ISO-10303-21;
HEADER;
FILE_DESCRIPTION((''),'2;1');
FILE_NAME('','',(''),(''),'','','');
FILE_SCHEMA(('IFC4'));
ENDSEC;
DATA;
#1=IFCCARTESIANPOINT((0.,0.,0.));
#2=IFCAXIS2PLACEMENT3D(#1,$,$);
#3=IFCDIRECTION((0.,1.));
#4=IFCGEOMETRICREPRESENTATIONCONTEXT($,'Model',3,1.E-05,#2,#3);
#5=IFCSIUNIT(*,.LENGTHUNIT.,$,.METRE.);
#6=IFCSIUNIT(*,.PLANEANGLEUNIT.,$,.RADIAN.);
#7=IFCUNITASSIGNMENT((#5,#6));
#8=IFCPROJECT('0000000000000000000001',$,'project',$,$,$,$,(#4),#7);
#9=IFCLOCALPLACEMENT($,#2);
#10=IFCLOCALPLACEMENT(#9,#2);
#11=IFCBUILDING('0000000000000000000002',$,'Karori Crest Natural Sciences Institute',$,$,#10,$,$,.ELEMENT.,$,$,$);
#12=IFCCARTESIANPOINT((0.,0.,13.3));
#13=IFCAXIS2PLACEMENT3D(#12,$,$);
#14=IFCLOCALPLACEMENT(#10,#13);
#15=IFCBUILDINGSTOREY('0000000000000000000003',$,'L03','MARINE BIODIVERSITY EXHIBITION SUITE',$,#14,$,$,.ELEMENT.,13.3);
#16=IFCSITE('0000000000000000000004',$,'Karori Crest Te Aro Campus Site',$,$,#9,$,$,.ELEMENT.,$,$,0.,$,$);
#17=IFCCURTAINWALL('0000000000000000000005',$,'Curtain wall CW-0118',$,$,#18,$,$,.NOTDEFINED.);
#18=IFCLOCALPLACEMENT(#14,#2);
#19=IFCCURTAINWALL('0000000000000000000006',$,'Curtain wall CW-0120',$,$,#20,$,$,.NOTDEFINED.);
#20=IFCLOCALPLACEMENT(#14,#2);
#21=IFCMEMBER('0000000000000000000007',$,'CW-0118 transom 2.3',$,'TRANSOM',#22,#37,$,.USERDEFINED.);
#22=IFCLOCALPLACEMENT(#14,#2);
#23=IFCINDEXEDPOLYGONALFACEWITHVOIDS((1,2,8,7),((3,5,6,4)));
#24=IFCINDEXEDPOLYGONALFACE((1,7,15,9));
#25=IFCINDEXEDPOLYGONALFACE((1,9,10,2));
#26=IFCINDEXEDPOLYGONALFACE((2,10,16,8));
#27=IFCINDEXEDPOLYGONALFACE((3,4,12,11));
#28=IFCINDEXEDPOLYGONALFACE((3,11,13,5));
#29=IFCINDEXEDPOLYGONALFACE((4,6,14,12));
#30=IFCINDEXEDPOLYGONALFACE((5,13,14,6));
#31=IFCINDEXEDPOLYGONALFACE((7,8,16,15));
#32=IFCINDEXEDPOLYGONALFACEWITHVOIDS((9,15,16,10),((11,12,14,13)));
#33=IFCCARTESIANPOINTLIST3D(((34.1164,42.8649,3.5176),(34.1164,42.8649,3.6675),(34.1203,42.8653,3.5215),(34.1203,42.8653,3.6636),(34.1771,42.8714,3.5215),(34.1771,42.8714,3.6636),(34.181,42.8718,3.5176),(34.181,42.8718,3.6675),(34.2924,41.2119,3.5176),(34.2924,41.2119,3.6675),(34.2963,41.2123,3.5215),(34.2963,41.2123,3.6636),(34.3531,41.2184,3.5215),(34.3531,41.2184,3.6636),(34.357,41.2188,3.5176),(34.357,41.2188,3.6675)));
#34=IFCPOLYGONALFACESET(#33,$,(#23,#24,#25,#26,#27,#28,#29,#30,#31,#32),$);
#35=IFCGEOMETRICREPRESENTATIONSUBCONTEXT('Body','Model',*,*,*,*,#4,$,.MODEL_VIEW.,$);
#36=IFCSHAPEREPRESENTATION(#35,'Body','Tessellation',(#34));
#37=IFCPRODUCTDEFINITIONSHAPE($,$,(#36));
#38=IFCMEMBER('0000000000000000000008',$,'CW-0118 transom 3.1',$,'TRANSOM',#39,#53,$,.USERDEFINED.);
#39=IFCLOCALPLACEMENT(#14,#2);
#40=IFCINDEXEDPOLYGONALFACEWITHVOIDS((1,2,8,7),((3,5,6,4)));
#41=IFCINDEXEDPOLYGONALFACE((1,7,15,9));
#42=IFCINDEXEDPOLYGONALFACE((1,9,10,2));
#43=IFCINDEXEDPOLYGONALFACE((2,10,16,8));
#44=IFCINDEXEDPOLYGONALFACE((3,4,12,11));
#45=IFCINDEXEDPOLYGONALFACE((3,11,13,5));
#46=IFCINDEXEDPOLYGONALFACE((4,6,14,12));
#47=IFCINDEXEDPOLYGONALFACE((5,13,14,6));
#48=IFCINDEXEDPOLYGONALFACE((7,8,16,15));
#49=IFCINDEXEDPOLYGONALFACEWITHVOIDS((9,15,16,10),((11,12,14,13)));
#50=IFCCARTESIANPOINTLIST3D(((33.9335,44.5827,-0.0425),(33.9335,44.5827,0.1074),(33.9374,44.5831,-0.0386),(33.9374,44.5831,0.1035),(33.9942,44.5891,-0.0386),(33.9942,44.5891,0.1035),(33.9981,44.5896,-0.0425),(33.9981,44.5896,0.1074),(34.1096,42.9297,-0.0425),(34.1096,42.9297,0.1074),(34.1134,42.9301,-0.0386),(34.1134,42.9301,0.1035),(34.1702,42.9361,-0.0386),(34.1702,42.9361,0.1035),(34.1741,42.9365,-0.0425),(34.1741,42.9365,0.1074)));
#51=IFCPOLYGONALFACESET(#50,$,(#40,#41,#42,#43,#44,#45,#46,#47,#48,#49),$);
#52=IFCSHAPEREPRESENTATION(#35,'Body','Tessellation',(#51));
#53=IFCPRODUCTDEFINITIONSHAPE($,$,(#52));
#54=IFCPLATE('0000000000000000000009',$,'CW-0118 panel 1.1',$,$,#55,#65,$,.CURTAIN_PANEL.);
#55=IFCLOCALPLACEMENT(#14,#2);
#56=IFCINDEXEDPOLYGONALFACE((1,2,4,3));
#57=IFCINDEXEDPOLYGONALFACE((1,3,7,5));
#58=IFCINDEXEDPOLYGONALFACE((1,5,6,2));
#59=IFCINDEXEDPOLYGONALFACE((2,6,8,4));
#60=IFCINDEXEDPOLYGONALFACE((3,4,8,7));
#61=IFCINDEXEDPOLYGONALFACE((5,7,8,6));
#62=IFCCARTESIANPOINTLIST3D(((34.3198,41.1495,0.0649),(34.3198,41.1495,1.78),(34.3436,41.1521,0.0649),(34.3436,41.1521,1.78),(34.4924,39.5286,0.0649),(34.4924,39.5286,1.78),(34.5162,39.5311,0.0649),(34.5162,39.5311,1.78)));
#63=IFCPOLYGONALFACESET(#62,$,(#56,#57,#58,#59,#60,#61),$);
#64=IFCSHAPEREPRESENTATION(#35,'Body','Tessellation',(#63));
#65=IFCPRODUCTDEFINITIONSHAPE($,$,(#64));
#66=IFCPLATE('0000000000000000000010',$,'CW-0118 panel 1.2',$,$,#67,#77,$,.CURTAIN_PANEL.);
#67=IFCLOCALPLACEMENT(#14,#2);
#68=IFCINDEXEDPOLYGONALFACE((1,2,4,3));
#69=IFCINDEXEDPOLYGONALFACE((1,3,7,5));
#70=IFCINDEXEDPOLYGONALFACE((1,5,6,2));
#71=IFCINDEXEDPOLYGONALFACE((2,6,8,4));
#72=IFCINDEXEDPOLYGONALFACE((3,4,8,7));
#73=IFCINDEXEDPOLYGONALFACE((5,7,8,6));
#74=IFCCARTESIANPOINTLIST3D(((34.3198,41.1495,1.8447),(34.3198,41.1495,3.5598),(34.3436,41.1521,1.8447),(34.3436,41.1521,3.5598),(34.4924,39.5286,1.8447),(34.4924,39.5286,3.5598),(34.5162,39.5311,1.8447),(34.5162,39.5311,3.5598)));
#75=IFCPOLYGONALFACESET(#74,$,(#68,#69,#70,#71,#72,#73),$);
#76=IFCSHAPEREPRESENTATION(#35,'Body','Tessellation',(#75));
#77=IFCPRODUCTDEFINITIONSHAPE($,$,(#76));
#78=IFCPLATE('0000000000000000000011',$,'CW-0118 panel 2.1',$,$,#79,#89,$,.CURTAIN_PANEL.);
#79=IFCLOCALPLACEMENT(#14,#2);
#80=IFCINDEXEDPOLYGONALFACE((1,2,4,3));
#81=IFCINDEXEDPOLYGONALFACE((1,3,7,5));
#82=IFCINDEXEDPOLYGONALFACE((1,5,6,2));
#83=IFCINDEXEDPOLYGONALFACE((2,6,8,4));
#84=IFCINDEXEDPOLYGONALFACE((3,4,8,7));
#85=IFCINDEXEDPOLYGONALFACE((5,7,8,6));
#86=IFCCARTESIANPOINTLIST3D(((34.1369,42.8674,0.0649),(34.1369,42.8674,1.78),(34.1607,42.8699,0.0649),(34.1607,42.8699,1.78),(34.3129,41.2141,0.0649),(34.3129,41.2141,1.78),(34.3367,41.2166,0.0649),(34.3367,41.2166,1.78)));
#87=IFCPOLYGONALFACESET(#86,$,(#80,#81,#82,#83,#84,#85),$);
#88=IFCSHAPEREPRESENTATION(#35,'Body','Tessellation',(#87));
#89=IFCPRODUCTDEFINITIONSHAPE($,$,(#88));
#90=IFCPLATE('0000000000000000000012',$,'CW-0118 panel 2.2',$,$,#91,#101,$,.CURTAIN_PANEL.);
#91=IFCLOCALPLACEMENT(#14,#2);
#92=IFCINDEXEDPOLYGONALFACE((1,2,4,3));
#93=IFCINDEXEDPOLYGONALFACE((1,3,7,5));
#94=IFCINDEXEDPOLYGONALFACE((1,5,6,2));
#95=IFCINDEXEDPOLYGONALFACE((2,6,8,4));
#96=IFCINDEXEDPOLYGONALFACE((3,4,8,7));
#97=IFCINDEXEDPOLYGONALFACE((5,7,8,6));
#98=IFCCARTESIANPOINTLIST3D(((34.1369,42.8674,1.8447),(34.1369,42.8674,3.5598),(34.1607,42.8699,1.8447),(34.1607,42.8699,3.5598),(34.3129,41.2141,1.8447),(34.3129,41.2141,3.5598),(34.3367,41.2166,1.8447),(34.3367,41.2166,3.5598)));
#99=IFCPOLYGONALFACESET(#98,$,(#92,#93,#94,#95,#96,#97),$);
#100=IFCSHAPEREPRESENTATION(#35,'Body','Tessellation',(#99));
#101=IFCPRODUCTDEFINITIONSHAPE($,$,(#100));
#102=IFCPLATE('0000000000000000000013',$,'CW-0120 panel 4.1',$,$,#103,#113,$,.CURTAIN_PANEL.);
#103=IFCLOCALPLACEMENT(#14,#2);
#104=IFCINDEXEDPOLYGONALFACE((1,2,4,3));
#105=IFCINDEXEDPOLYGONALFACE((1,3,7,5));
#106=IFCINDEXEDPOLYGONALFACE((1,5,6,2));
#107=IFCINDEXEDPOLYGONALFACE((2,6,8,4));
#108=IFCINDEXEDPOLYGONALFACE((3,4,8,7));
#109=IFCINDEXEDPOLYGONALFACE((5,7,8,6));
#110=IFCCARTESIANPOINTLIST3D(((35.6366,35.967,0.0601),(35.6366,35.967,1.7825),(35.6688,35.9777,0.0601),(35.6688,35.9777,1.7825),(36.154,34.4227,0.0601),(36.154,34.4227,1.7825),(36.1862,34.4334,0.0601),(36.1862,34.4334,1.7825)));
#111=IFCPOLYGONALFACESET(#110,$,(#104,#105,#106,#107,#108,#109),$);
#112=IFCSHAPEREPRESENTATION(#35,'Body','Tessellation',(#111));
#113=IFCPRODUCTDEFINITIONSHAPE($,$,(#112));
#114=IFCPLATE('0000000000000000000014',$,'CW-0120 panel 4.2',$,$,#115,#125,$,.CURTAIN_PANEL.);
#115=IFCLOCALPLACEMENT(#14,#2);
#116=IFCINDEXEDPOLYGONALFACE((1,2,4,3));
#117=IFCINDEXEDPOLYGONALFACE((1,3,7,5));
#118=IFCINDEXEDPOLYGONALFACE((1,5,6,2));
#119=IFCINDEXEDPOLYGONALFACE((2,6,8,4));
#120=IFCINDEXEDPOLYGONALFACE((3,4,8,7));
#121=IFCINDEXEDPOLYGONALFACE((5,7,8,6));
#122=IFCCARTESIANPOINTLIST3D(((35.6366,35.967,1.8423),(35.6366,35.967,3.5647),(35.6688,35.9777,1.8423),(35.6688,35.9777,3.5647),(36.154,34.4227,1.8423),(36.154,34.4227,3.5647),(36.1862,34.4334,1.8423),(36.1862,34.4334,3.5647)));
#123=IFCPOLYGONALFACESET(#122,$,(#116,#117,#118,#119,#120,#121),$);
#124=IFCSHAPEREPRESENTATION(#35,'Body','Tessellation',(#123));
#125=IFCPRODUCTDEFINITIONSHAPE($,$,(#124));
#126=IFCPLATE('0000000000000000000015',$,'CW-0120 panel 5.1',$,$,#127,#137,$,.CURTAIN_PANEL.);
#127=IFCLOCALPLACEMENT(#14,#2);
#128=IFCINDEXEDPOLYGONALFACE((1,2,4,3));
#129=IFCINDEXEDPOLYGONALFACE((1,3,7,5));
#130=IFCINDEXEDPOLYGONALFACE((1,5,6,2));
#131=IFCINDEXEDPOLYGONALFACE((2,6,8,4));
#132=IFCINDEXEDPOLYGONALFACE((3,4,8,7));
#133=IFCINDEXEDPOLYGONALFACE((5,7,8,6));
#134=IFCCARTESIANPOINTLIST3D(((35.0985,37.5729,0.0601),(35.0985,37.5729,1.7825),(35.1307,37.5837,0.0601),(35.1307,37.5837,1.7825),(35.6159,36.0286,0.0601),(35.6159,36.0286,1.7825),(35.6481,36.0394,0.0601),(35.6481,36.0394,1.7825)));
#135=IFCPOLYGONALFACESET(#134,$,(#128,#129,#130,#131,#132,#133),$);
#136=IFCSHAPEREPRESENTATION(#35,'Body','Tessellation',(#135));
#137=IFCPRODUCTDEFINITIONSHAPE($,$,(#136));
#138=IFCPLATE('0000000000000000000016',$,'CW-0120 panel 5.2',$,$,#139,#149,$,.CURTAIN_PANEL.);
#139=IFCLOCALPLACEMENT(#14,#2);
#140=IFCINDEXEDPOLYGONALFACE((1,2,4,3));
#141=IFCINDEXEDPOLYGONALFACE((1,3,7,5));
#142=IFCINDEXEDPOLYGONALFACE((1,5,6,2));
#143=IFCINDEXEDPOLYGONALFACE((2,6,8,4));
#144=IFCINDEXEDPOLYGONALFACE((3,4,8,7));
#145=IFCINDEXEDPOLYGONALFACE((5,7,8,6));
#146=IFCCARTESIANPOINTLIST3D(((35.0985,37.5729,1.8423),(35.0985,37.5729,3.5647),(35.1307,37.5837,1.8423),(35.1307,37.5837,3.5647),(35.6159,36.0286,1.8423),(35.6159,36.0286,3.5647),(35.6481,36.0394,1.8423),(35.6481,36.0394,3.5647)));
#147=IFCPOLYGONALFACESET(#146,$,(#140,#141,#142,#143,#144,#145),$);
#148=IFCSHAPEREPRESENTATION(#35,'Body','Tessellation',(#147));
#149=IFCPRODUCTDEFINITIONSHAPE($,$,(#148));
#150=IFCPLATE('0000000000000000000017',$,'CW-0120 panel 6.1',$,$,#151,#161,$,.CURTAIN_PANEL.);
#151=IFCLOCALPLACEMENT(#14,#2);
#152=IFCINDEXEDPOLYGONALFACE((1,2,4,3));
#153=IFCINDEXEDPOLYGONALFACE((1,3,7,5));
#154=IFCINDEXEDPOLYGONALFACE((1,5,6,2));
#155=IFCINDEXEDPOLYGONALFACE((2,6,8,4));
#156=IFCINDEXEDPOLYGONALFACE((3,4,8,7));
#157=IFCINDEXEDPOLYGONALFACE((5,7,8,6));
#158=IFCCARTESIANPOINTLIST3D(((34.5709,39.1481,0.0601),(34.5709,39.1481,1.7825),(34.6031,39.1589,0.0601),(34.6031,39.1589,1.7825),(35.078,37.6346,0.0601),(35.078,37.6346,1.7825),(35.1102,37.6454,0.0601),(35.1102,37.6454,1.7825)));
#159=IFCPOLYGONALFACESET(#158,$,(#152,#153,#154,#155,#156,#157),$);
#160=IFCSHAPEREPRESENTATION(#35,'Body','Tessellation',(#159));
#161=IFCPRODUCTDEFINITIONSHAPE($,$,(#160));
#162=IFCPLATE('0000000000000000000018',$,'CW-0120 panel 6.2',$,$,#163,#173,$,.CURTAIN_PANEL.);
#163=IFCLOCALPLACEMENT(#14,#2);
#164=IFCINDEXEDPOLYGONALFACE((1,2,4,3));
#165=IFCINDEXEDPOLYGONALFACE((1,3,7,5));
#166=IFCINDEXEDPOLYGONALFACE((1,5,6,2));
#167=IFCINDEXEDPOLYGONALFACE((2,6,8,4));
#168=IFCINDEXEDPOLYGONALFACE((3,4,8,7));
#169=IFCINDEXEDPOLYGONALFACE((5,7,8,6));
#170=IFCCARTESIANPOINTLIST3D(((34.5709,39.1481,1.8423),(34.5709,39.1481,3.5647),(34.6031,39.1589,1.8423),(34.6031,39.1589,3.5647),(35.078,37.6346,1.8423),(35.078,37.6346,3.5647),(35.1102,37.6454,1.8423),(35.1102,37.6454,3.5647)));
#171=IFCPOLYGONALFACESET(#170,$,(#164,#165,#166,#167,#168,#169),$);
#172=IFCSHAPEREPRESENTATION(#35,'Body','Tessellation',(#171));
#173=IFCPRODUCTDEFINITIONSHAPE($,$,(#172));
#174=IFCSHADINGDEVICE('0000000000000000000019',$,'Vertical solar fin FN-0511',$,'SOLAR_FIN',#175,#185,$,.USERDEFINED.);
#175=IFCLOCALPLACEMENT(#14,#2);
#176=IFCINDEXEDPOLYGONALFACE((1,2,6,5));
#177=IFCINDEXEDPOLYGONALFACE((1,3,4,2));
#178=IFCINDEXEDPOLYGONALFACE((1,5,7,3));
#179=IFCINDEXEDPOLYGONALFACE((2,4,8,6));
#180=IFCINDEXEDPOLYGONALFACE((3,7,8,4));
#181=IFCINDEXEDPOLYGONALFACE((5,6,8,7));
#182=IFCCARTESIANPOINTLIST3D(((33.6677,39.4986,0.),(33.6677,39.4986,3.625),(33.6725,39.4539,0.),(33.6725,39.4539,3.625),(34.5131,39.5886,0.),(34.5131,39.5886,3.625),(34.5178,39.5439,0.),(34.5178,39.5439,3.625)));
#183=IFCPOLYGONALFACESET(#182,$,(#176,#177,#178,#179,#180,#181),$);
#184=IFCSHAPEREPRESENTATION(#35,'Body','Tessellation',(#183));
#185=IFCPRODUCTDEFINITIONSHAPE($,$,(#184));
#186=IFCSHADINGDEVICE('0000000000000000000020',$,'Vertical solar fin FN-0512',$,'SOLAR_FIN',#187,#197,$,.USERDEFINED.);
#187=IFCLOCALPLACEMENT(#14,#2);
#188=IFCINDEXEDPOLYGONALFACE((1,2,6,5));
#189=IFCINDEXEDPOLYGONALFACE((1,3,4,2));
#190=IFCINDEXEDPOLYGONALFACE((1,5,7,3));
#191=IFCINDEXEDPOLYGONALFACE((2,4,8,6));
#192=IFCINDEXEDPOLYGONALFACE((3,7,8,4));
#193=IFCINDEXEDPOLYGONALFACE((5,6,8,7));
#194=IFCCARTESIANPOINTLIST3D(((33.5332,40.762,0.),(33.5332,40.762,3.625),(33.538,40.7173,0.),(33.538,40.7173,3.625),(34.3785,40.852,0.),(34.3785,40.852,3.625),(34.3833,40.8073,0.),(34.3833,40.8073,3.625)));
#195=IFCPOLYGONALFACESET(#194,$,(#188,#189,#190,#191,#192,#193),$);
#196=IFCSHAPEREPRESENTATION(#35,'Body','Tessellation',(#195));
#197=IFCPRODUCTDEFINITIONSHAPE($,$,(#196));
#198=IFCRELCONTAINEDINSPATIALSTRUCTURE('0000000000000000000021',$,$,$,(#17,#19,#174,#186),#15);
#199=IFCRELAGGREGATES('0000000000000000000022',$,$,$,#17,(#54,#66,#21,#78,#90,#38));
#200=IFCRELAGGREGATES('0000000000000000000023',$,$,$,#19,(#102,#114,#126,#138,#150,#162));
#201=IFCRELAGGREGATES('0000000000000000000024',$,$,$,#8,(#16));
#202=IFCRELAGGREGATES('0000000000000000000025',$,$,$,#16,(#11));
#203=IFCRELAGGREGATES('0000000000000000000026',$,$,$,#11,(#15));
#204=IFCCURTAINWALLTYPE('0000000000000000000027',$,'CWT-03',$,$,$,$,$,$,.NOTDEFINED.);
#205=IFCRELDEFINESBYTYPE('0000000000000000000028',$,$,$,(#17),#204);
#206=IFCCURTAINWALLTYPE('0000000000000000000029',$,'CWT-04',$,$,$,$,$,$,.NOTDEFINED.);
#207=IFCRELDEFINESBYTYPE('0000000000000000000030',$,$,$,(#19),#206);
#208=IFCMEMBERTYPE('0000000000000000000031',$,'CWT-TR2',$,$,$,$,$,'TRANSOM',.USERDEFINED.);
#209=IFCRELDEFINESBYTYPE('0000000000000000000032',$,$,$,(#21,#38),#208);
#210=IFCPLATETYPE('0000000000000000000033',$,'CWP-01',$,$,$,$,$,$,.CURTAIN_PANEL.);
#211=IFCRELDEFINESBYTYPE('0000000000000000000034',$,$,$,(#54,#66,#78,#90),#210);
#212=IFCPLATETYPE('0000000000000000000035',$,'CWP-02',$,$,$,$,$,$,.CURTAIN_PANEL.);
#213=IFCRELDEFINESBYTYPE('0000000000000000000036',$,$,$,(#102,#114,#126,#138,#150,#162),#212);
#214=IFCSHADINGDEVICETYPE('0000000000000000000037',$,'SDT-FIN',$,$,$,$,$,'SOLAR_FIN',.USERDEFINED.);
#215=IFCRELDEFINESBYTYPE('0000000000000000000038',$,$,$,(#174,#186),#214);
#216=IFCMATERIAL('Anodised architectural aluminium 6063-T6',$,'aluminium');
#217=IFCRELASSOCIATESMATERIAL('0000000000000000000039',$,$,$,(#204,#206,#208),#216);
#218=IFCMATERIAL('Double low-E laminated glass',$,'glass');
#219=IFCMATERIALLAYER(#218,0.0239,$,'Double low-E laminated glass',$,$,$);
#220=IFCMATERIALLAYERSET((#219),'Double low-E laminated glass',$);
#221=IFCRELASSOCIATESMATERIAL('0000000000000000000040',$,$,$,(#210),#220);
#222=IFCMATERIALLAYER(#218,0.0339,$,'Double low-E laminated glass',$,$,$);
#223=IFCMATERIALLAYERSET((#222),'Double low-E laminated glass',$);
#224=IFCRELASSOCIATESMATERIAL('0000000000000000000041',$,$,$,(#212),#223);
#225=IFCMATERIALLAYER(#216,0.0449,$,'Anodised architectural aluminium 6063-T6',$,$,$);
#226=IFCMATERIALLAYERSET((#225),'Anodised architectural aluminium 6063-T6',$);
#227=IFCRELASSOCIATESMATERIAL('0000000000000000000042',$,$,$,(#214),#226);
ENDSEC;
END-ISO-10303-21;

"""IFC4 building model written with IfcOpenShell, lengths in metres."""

from ifc_helpers import new_model, si_unit, direction, frame, origin, origin_2d, place, context, subcontext, project, spatial, rectangle, hollow_rectangle, extrude, material, layer, layer_set, material_profile, profile_set, type_object, element, aggregate, save


model = new_model("IFC4")

# Units and contexts
model_context = context("Model", 3, precision=1e-05, world=origin(), true_north=direction((0.0, 1.0)))
body_context = subcontext(model_context, "Body", "Model", "MODEL_VIEW")
ifc_project = project(units=[si_unit("LENGTHUNIT", "METRE"), si_unit("PLANEANGLEUNIT", "RADIAN")], contexts=[model_context])

# Site, building, storey
site_placement = place(None, origin())
site = spatial("IfcSite", under=ifc_project, at=site_placement, Name="Karori Crest Te Aro Campus Site", CompositionType="ELEMENT", RefElevation=0.0)
building_placement = place(site_placement, origin())
building = spatial("IfcBuilding", under=site, at=building_placement, Name="Karori Crest Natural Sciences Institute", CompositionType="ELEMENT")
storey_placement = place(building_placement, frame((0.0, 0.0, 13.3)))
storey = spatial("IfcBuildingStorey", under=building, at=storey_placement, Name="L03", Description="MARINE BIODIVERSITY EXHIBITION SUITE", CompositionType="ELEMENT", Elevation=13.3)

# Curtain walls
ifc_material_1 = material(Name="Anodised architectural aluminium 6063-T6", Category="aluminium")
curtain_wall_type_1 = type_object("IfcCurtainWallType", Name="CWT-03", PredefinedType="NOTDEFINED", material=ifc_material_1)
curtain_wall_1_placement = place(storey_placement, origin())
curtain_wall_1 = element("IfcCurtainWall", 1, at=curtain_wall_1_placement, inside=storey, type_object=curtain_wall_type_1, Name="Curtain wall CW-0118", PredefinedType="NOTDEFINED")
curtain_wall_type_2 = type_object("IfcCurtainWallType", Name="CWT-04", PredefinedType="NOTDEFINED", material=ifc_material_1)
curtain_wall_2_placement = place(storey_placement, origin())
curtain_wall_2 = element("IfcCurtainWall", 2, at=curtain_wall_2_placement, inside=storey, type_object=curtain_wall_type_2, Name="Curtain wall CW-0120", PredefinedType="NOTDEFINED")

# Members
ifc_material_profile_1 = material_profile(ifc_material_1, hollow_rectangle(XDim=0.0649, YDim=0.1499, WallThickness=0.0039, at=origin_2d()), Name="CWT150x65x4")
ifc_profile_set_1 = profile_set([ifc_material_profile_1], Name="Anodised architectural aluminium 6063-T6")
member_type_1 = type_object("IfcMemberType", Name="CWT-TR2", ElementType="TRANSOM", PredefinedType="USERDEFINED", material=ifc_profile_set_1)
member_1_placement = place(storey_placement, frame((34.3247, 41.2153, 3.5925), z_axis=(-0.105885, 0.994378, 0.0), x_axis=(-0.994378, -0.105885, 0.0)))
member_1 = element("IfcMember", 3, at=member_1_placement, type_object=member_type_1, Name="CW-0118 transom 2.3", ObjectType="TRANSOM", PredefinedType="USERDEFINED", context=body_context, shape_type="SweptSolid", body=[
    extrude(hollow_rectangle(XDim=0.0649, YDim=0.1499, WallThickness=0.0039, at=origin_2d()), origin(), (0.0, 0.0, 1.0), 1.6624),
])
member_2_placement = place(storey_placement, frame((34.1418, 42.9331, 0.0325), z_axis=(-0.105885, 0.994378, 0.0), x_axis=(-0.994378, -0.105885, 0.0)))
member_2 = element("IfcMember", 4, at=member_2_placement, type_object=member_type_1, Name="CW-0118 transom 3.1", ObjectType="TRANSOM", PredefinedType="USERDEFINED", context=body_context, shape_type="SweptSolid", body=[
    extrude(hollow_rectangle(XDim=0.0649, YDim=0.1499, WallThickness=0.0039, at=origin_2d()), origin(), (0.0, 0.0, 1.0), 1.6624),
])

# Plates
ifc_material_2 = material(Name="Double low-E laminated glass", Category="glass")
ifc_layer_1 = layer(ifc_material_2, 0.0239, Name="Double low-E laminated glass")
ifc_layer_set_1 = layer_set([ifc_layer_1], Name="Double low-E laminated glass")
plate_type_1 = type_object("IfcPlateType", Name="CWP-01", PredefinedType="CURTAIN_PANEL", material=ifc_layer_set_1)
plate_1_placement = place(storey_placement, frame((34.418, 40.3403, 0.0649), z_axis=(0.0, 0.0, 1.0), x_axis=(-0.105884, 0.994378, 0.0)))
plate_1 = element("IfcPlate", 5, at=plate_1_placement, type_object=plate_type_1, Name="CW-0118 panel 1.1", PredefinedType="CURTAIN_PANEL", context=body_context, shape_type="SweptSolid", body=[
    extrude(rectangle(XDim=1.6301, YDim=0.0239, at=origin_2d()), origin(), (0.0, 0.0, 1.0), 1.7151),
])
plate_2_placement = place(storey_placement, frame((34.418, 40.3403, 1.8447), z_axis=(0.0, 0.0, 1.0), x_axis=(-0.105884, 0.994378, 0.0)))
plate_2 = element("IfcPlate", 6, at=plate_2_placement, type_object=plate_type_1, Name="CW-0118 panel 1.2", PredefinedType="CURTAIN_PANEL", context=body_context, shape_type="SweptSolid", body=[
    extrude(rectangle(XDim=1.6301, YDim=0.0239, at=origin_2d()), origin(), (0.0, 0.0, 1.0), 1.7151),
])
plate_3_placement = place(storey_placement, frame((34.2368, 42.042, 0.0649), z_axis=(0.0, 0.0, 1.0), x_axis=(-0.105884, 0.994378, 0.0)))
plate_3 = element("IfcPlate", 7, at=plate_3_placement, type_object=plate_type_1, Name="CW-0118 panel 2.1", PredefinedType="CURTAIN_PANEL", context=body_context, shape_type="SweptSolid", body=[
    extrude(rectangle(XDim=1.6626, YDim=0.0239, at=origin_2d()), origin(), (0.0, 0.0, 1.0), 1.7151),
])
plate_4_placement = place(storey_placement, frame((34.2368, 42.042, 1.8447), z_axis=(0.0, 0.0, 1.0), x_axis=(-0.105884, 0.994378, 0.0)))
plate_4 = element("IfcPlate", 8, at=plate_4_placement, type_object=plate_type_1, Name="CW-0118 panel 2.2", PredefinedType="CURTAIN_PANEL", context=body_context, shape_type="SweptSolid", body=[
    extrude(rectangle(XDim=1.6626, YDim=0.0239, at=origin_2d()), origin(), (0.0, 0.0, 1.0), 1.7151),
])
aggregate(curtain_wall_1, [plate_1, plate_2, member_1, plate_3, plate_4, member_2])
ifc_layer_2 = layer(ifc_material_2, 0.0339, Name="Double low-E laminated glass")
ifc_layer_set_2 = layer_set([ifc_layer_2], Name="Double low-E laminated glass")
plate_type_2 = type_object("IfcPlateType", Name="CWP-02", PredefinedType="CURTAIN_PANEL", material=ifc_layer_set_2)
plate_5_placement = place(storey_placement, frame((35.9114, 35.2002, 0.0601), z_axis=(0.0, 0.0, 1.0), x_axis=(-0.31768, 0.948198, 0.0)))
plate_5 = element("IfcPlate", 9, at=plate_5_placement, type_object=plate_type_2, Name="CW-0120 panel 4.1", PredefinedType="CURTAIN_PANEL", context=body_context, shape_type="SweptSolid", body=[
    extrude(rectangle(XDim=1.6287, YDim=0.0339, at=origin_2d()), origin(), (0.0, 0.0, 1.0), 1.7224),
])
plate_6_placement = place(storey_placement, frame((35.9114, 35.2002, 1.8423), z_axis=(0.0, 0.0, 1.0), x_axis=(-0.31768, 0.948198, 0.0)))
plate_6 = element("IfcPlate", 10, at=plate_6_placement, type_object=plate_type_2, Name="CW-0120 panel 4.2", PredefinedType="CURTAIN_PANEL", context=body_context, shape_type="SweptSolid", body=[
    extrude(rectangle(XDim=1.6287, YDim=0.0339, at=origin_2d()), origin(), (0.0, 0.0, 1.0), 1.7224),
])
plate_7_placement = place(storey_placement, frame((35.3733, 36.8062, 0.0601), z_axis=(0.0, 0.0, 1.0), x_axis=(-0.31768, 0.948198, 0.0)))
plate_7 = element("IfcPlate", 11, at=plate_7_placement, type_object=plate_type_2, Name="CW-0120 panel 5.1", PredefinedType="CURTAIN_PANEL", context=body_context, shape_type="SweptSolid", body=[
    extrude(rectangle(XDim=1.6287, YDim=0.0339, at=origin_2d()), origin(), (0.0, 0.0, 1.0), 1.7224),
])
plate_8_placement = place(storey_placement, frame((35.3733, 36.8062, 1.8423), z_axis=(0.0, 0.0, 1.0), x_axis=(-0.31768, 0.948198, 0.0)))
plate_8 = element("IfcPlate", 12, at=plate_8_placement, type_object=plate_type_2, Name="CW-0120 panel 5.2", PredefinedType="CURTAIN_PANEL", context=body_context, shape_type="SweptSolid", body=[
    extrude(rectangle(XDim=1.6287, YDim=0.0339, at=origin_2d()), origin(), (0.0, 0.0, 1.0), 1.7224),
])
plate_9_placement = place(storey_placement, frame((34.8406, 38.3967, 0.0601), z_axis=(0.0, 0.0, 1.0), x_axis=(-0.31768, 0.948198, 0.0)))
plate_9 = element("IfcPlate", 13, at=plate_9_placement, type_object=plate_type_2, Name="CW-0120 panel 6.1", PredefinedType="CURTAIN_PANEL", context=body_context, shape_type="SweptSolid", body=[
    extrude(rectangle(XDim=1.5962, YDim=0.0339, at=origin_2d()), origin(), (0.0, 0.0, 1.0), 1.7224),
])
plate_10_placement = place(storey_placement, frame((34.8406, 38.3967, 1.8423), z_axis=(0.0, 0.0, 1.0), x_axis=(-0.31768, 0.948198, 0.0)))
plate_10 = element("IfcPlate", 14, at=plate_10_placement, type_object=plate_type_2, Name="CW-0120 panel 6.2", PredefinedType="CURTAIN_PANEL", context=body_context, shape_type="SweptSolid", body=[
    extrude(rectangle(XDim=1.5962, YDim=0.0339, at=origin_2d()), origin(), (0.0, 0.0, 1.0), 1.7224),
])
aggregate(curtain_wall_2, [plate_5, plate_6, plate_7, plate_8, plate_9, plate_10])

# Shading devices
ifc_layer_3 = layer(ifc_material_1, 0.0449, Name="Anodised architectural aluminium 6063-T6")
ifc_layer_set_3 = layer_set([ifc_layer_3], Name="Anodised architectural aluminium 6063-T6")
shading_device_type = type_object("IfcShadingDeviceType", Name="SDT-FIN", ElementType="SOLAR_FIN", PredefinedType="USERDEFINED", material=ifc_layer_set_3)
for number, where, z_axis, x_axis, name in (
    (15, (34.0928, 39.5212, 0.0), (0.0, 0.0, 1.0), (-0.994378, -0.105884, 0.0), "Vertical solar fin FN-0511"),
    (16, (33.9583, 40.7847, 0.0), (0.0, 0.0, 1.0), (-0.994378, -0.105884, 0.0), "Vertical solar fin FN-0512"),
):
    element("IfcShadingDevice", number, at=place(storey_placement, frame(where, z_axis=z_axis, x_axis=x_axis)), inside=storey, type_object=shading_device_type, Name=name, ObjectType="SOLAR_FIN", PredefinedType="USERDEFINED", context=body_context, shape_type="SweptSolid", body=[
        extrude(rectangle(XDim=0.8501, YDim=0.0449, at=origin_2d()), origin(), (0.0, 0.0, 1.0), 3.625),
    ])

save(model, "model.ifc")
